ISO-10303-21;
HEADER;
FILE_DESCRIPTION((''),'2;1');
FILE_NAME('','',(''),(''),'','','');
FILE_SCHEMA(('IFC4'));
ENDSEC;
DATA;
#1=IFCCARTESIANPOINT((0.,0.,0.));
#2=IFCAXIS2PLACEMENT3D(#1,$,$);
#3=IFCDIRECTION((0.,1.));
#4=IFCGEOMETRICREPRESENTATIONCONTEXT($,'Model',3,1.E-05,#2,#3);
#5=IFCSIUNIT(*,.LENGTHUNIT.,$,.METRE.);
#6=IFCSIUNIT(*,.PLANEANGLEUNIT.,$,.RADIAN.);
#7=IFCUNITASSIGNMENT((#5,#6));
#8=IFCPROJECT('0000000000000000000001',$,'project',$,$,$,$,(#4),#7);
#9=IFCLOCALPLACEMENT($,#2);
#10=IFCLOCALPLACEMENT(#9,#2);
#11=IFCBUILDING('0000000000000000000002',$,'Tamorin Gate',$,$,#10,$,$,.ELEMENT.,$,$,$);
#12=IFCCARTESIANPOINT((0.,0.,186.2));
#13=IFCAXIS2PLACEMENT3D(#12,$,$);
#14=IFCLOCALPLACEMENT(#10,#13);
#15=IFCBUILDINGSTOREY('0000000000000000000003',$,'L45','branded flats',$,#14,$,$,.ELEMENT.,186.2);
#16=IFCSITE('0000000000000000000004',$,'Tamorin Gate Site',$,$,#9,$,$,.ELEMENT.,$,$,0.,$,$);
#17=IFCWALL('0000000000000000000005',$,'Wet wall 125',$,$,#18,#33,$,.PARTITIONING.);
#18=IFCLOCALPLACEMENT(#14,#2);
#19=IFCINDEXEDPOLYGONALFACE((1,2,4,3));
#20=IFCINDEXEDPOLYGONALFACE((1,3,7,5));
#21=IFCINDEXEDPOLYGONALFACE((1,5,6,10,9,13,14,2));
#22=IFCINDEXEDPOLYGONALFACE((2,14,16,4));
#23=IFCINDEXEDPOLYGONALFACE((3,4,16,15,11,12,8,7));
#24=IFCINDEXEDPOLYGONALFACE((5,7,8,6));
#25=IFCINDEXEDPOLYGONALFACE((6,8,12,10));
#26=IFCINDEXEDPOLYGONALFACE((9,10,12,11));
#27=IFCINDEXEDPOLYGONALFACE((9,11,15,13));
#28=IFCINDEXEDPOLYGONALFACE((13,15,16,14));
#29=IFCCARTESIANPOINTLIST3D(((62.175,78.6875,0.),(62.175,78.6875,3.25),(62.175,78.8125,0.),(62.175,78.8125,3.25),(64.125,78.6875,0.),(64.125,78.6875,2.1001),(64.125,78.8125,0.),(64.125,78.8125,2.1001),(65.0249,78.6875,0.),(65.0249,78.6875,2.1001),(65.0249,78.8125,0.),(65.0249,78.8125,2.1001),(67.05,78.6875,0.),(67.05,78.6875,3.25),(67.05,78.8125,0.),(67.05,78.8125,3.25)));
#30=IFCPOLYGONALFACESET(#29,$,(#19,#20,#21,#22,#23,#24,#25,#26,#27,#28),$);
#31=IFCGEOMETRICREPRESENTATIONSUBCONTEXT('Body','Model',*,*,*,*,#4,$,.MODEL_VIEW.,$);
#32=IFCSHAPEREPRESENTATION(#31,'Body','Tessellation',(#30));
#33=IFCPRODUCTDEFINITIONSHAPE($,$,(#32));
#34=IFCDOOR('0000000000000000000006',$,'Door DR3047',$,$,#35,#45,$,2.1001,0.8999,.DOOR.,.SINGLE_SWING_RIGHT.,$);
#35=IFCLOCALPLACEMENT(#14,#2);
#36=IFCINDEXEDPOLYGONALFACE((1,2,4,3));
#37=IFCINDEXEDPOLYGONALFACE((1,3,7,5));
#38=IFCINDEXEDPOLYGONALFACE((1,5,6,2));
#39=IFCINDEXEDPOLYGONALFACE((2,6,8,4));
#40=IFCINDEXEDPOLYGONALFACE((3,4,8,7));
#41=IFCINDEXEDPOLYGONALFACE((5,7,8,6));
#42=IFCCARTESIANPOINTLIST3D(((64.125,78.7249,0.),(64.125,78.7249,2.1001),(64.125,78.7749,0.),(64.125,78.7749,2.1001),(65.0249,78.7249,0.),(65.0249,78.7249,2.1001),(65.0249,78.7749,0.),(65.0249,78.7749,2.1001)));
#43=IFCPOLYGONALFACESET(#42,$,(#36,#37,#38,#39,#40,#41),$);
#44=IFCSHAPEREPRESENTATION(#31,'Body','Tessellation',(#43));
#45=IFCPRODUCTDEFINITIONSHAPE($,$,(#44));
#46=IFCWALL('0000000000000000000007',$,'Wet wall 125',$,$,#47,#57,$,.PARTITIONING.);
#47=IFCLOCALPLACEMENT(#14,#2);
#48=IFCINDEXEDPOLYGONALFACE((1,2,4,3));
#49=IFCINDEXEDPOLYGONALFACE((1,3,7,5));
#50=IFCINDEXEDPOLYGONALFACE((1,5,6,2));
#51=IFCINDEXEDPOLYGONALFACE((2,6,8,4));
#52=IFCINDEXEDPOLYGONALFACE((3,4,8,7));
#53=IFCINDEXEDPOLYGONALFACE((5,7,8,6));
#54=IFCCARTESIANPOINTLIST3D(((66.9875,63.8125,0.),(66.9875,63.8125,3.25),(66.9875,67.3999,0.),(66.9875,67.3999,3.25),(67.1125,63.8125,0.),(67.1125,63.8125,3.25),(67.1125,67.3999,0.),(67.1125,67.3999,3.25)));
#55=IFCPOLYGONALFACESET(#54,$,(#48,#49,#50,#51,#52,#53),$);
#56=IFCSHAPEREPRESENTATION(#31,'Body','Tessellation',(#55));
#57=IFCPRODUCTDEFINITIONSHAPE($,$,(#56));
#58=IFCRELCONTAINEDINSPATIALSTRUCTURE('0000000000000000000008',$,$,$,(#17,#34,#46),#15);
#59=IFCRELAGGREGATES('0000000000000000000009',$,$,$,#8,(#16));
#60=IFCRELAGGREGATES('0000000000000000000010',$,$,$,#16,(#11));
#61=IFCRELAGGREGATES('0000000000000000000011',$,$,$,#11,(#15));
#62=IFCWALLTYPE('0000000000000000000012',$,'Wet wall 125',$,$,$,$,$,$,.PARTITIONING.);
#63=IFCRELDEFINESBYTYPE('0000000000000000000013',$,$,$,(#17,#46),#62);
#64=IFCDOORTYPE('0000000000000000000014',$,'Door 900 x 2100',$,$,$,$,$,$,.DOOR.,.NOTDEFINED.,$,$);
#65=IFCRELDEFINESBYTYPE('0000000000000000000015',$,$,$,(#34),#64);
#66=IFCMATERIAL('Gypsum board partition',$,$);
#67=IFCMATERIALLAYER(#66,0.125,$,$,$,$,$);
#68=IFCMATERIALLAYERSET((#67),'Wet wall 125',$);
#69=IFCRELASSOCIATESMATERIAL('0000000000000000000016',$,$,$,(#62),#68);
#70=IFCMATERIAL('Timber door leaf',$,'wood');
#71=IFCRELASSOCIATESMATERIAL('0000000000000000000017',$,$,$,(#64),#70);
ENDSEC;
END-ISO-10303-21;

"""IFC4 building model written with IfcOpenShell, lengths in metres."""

from ifc_helpers import new_model, si_unit, direction, frame, frame_2d, origin, place, context, subcontext, project, spatial, rectangle, extrude, material, layer, layer_set, type_object, element, fill, save


model = new_model("IFC4")

# Units and contexts
model_context = context("Model", 3, precision=1e-05, world=origin(), true_north=direction((0.0, 1.0)))
body_context = subcontext(model_context, "Body", "Model", "MODEL_VIEW")
ifc_project = project(units=[si_unit("LENGTHUNIT", "METRE"), si_unit("PLANEANGLEUNIT", "RADIAN")], contexts=[model_context])

# Site, building, storey
site_placement = place(None, origin())
site = spatial("IfcSite", under=ifc_project, at=site_placement, Name="Tamorin Gate Site", CompositionType="ELEMENT", RefElevation=0.0)
building_placement = place(site_placement, origin())
building = spatial("IfcBuilding", under=site, at=building_placement, Name="Tamorin Gate", CompositionType="ELEMENT")
storey_placement = place(building_placement, frame((0.0, 0.0, 186.2)))
storey = spatial("IfcBuildingStorey", under=building, at=storey_placement, Name="L45", Description="branded flats", CompositionType="ELEMENT", Elevation=186.2)

# Shared definitions
ifc_material_1 = material(Name="Gypsum board partition")

# Wall, opening, door
ifc_layer_1 = layer(ifc_material_1, 0.125)
ifc_layer_set_1 = layer_set([ifc_layer_1], Name="Wet wall 125")
wall_type_1 = type_object("IfcWallType", Name="Wet wall 125", PredefinedType="PARTITIONING", material=ifc_layer_set_1)
ifc_material_2 = material(Name="Timber door leaf", Category="wood")
door_type = type_object("IfcDoorType", Name="Door 900 x 2100", OperationType="NOTDEFINED", PredefinedType="DOOR", material=ifc_material_2)
wall_1_placement = place(storey_placement, frame((62.175, 78.75, 0.0), z_axis=(0.0, 0.0, 1.0), x_axis=(1.0, 0.0, 0.0)))
wall_1 = element("IfcWall", 1, at=wall_1_placement, inside=storey, type_object=wall_type_1, Name="Wet wall 125", PredefinedType="PARTITIONING", context=body_context, shape_type="SweptSolid", body=[
    extrude(rectangle(XDim=4.875, YDim=0.125, at=frame_2d((2.4375, 0.0))), origin(), (0.0, 0.0, 1.0), 3.25),
])
opening_1_placement = place(wall_1_placement, frame((1.95, 0.0, 0.0)))
opening_1 = element("IfcOpeningElement", 2, at=opening_1_placement, cuts=wall_1, PredefinedType="OPENING", context=body_context, shape_type="SweptSolid", body=[
    extrude(rectangle(XDim=0.8999, YDim=2.1001, at=frame_2d((0.45, 1.05))), frame((0.0, 0.0725, 0.0), z_axis=(0.0, -1.0, 0.0), x_axis=(1.0, 0.0, 0.0)), (0.0, 0.0, 1.0), 0.145),
])
door_1_placement = place(opening_1_placement, origin())
door_1 = element("IfcDoor", 3, at=door_1_placement, inside=storey, type_object=door_type, Name="Door DR3047", OperationType="SINGLE_SWING_RIGHT", OverallHeight=2.1001, OverallWidth=0.8999, PredefinedType="DOOR", context=body_context, shape_type="SweptSolid", body=[
    extrude(rectangle(XDim=0.8999, YDim=2.1001, at=frame_2d((0.45, 1.05))), frame((0.0, 0.0249, 0.0), z_axis=(0.0, -1.0, 0.0), x_axis=(1.0, 0.0, 0.0)), (0.0, 0.0, 1.0), 0.05),
])
fill(opening_1, door_1)

# Wall
wall_2_placement = place(storey_placement, frame((67.05, 63.8125, 0.0), z_axis=(0.0, 0.0, 1.0), x_axis=(0.0, 1.0, 0.0)))
element("IfcWall", 4, at=wall_2_placement, inside=storey, type_object=wall_type_1, Name="Wet wall 125", PredefinedType="PARTITIONING", context=body_context, shape_type="SweptSolid", body=[
    extrude(rectangle(XDim=3.5874, YDim=0.125, at=frame_2d((1.7937, 0.0))), origin(), (0.0, 0.0, 1.0), 3.25),
])

save(model, "model.ifc")
